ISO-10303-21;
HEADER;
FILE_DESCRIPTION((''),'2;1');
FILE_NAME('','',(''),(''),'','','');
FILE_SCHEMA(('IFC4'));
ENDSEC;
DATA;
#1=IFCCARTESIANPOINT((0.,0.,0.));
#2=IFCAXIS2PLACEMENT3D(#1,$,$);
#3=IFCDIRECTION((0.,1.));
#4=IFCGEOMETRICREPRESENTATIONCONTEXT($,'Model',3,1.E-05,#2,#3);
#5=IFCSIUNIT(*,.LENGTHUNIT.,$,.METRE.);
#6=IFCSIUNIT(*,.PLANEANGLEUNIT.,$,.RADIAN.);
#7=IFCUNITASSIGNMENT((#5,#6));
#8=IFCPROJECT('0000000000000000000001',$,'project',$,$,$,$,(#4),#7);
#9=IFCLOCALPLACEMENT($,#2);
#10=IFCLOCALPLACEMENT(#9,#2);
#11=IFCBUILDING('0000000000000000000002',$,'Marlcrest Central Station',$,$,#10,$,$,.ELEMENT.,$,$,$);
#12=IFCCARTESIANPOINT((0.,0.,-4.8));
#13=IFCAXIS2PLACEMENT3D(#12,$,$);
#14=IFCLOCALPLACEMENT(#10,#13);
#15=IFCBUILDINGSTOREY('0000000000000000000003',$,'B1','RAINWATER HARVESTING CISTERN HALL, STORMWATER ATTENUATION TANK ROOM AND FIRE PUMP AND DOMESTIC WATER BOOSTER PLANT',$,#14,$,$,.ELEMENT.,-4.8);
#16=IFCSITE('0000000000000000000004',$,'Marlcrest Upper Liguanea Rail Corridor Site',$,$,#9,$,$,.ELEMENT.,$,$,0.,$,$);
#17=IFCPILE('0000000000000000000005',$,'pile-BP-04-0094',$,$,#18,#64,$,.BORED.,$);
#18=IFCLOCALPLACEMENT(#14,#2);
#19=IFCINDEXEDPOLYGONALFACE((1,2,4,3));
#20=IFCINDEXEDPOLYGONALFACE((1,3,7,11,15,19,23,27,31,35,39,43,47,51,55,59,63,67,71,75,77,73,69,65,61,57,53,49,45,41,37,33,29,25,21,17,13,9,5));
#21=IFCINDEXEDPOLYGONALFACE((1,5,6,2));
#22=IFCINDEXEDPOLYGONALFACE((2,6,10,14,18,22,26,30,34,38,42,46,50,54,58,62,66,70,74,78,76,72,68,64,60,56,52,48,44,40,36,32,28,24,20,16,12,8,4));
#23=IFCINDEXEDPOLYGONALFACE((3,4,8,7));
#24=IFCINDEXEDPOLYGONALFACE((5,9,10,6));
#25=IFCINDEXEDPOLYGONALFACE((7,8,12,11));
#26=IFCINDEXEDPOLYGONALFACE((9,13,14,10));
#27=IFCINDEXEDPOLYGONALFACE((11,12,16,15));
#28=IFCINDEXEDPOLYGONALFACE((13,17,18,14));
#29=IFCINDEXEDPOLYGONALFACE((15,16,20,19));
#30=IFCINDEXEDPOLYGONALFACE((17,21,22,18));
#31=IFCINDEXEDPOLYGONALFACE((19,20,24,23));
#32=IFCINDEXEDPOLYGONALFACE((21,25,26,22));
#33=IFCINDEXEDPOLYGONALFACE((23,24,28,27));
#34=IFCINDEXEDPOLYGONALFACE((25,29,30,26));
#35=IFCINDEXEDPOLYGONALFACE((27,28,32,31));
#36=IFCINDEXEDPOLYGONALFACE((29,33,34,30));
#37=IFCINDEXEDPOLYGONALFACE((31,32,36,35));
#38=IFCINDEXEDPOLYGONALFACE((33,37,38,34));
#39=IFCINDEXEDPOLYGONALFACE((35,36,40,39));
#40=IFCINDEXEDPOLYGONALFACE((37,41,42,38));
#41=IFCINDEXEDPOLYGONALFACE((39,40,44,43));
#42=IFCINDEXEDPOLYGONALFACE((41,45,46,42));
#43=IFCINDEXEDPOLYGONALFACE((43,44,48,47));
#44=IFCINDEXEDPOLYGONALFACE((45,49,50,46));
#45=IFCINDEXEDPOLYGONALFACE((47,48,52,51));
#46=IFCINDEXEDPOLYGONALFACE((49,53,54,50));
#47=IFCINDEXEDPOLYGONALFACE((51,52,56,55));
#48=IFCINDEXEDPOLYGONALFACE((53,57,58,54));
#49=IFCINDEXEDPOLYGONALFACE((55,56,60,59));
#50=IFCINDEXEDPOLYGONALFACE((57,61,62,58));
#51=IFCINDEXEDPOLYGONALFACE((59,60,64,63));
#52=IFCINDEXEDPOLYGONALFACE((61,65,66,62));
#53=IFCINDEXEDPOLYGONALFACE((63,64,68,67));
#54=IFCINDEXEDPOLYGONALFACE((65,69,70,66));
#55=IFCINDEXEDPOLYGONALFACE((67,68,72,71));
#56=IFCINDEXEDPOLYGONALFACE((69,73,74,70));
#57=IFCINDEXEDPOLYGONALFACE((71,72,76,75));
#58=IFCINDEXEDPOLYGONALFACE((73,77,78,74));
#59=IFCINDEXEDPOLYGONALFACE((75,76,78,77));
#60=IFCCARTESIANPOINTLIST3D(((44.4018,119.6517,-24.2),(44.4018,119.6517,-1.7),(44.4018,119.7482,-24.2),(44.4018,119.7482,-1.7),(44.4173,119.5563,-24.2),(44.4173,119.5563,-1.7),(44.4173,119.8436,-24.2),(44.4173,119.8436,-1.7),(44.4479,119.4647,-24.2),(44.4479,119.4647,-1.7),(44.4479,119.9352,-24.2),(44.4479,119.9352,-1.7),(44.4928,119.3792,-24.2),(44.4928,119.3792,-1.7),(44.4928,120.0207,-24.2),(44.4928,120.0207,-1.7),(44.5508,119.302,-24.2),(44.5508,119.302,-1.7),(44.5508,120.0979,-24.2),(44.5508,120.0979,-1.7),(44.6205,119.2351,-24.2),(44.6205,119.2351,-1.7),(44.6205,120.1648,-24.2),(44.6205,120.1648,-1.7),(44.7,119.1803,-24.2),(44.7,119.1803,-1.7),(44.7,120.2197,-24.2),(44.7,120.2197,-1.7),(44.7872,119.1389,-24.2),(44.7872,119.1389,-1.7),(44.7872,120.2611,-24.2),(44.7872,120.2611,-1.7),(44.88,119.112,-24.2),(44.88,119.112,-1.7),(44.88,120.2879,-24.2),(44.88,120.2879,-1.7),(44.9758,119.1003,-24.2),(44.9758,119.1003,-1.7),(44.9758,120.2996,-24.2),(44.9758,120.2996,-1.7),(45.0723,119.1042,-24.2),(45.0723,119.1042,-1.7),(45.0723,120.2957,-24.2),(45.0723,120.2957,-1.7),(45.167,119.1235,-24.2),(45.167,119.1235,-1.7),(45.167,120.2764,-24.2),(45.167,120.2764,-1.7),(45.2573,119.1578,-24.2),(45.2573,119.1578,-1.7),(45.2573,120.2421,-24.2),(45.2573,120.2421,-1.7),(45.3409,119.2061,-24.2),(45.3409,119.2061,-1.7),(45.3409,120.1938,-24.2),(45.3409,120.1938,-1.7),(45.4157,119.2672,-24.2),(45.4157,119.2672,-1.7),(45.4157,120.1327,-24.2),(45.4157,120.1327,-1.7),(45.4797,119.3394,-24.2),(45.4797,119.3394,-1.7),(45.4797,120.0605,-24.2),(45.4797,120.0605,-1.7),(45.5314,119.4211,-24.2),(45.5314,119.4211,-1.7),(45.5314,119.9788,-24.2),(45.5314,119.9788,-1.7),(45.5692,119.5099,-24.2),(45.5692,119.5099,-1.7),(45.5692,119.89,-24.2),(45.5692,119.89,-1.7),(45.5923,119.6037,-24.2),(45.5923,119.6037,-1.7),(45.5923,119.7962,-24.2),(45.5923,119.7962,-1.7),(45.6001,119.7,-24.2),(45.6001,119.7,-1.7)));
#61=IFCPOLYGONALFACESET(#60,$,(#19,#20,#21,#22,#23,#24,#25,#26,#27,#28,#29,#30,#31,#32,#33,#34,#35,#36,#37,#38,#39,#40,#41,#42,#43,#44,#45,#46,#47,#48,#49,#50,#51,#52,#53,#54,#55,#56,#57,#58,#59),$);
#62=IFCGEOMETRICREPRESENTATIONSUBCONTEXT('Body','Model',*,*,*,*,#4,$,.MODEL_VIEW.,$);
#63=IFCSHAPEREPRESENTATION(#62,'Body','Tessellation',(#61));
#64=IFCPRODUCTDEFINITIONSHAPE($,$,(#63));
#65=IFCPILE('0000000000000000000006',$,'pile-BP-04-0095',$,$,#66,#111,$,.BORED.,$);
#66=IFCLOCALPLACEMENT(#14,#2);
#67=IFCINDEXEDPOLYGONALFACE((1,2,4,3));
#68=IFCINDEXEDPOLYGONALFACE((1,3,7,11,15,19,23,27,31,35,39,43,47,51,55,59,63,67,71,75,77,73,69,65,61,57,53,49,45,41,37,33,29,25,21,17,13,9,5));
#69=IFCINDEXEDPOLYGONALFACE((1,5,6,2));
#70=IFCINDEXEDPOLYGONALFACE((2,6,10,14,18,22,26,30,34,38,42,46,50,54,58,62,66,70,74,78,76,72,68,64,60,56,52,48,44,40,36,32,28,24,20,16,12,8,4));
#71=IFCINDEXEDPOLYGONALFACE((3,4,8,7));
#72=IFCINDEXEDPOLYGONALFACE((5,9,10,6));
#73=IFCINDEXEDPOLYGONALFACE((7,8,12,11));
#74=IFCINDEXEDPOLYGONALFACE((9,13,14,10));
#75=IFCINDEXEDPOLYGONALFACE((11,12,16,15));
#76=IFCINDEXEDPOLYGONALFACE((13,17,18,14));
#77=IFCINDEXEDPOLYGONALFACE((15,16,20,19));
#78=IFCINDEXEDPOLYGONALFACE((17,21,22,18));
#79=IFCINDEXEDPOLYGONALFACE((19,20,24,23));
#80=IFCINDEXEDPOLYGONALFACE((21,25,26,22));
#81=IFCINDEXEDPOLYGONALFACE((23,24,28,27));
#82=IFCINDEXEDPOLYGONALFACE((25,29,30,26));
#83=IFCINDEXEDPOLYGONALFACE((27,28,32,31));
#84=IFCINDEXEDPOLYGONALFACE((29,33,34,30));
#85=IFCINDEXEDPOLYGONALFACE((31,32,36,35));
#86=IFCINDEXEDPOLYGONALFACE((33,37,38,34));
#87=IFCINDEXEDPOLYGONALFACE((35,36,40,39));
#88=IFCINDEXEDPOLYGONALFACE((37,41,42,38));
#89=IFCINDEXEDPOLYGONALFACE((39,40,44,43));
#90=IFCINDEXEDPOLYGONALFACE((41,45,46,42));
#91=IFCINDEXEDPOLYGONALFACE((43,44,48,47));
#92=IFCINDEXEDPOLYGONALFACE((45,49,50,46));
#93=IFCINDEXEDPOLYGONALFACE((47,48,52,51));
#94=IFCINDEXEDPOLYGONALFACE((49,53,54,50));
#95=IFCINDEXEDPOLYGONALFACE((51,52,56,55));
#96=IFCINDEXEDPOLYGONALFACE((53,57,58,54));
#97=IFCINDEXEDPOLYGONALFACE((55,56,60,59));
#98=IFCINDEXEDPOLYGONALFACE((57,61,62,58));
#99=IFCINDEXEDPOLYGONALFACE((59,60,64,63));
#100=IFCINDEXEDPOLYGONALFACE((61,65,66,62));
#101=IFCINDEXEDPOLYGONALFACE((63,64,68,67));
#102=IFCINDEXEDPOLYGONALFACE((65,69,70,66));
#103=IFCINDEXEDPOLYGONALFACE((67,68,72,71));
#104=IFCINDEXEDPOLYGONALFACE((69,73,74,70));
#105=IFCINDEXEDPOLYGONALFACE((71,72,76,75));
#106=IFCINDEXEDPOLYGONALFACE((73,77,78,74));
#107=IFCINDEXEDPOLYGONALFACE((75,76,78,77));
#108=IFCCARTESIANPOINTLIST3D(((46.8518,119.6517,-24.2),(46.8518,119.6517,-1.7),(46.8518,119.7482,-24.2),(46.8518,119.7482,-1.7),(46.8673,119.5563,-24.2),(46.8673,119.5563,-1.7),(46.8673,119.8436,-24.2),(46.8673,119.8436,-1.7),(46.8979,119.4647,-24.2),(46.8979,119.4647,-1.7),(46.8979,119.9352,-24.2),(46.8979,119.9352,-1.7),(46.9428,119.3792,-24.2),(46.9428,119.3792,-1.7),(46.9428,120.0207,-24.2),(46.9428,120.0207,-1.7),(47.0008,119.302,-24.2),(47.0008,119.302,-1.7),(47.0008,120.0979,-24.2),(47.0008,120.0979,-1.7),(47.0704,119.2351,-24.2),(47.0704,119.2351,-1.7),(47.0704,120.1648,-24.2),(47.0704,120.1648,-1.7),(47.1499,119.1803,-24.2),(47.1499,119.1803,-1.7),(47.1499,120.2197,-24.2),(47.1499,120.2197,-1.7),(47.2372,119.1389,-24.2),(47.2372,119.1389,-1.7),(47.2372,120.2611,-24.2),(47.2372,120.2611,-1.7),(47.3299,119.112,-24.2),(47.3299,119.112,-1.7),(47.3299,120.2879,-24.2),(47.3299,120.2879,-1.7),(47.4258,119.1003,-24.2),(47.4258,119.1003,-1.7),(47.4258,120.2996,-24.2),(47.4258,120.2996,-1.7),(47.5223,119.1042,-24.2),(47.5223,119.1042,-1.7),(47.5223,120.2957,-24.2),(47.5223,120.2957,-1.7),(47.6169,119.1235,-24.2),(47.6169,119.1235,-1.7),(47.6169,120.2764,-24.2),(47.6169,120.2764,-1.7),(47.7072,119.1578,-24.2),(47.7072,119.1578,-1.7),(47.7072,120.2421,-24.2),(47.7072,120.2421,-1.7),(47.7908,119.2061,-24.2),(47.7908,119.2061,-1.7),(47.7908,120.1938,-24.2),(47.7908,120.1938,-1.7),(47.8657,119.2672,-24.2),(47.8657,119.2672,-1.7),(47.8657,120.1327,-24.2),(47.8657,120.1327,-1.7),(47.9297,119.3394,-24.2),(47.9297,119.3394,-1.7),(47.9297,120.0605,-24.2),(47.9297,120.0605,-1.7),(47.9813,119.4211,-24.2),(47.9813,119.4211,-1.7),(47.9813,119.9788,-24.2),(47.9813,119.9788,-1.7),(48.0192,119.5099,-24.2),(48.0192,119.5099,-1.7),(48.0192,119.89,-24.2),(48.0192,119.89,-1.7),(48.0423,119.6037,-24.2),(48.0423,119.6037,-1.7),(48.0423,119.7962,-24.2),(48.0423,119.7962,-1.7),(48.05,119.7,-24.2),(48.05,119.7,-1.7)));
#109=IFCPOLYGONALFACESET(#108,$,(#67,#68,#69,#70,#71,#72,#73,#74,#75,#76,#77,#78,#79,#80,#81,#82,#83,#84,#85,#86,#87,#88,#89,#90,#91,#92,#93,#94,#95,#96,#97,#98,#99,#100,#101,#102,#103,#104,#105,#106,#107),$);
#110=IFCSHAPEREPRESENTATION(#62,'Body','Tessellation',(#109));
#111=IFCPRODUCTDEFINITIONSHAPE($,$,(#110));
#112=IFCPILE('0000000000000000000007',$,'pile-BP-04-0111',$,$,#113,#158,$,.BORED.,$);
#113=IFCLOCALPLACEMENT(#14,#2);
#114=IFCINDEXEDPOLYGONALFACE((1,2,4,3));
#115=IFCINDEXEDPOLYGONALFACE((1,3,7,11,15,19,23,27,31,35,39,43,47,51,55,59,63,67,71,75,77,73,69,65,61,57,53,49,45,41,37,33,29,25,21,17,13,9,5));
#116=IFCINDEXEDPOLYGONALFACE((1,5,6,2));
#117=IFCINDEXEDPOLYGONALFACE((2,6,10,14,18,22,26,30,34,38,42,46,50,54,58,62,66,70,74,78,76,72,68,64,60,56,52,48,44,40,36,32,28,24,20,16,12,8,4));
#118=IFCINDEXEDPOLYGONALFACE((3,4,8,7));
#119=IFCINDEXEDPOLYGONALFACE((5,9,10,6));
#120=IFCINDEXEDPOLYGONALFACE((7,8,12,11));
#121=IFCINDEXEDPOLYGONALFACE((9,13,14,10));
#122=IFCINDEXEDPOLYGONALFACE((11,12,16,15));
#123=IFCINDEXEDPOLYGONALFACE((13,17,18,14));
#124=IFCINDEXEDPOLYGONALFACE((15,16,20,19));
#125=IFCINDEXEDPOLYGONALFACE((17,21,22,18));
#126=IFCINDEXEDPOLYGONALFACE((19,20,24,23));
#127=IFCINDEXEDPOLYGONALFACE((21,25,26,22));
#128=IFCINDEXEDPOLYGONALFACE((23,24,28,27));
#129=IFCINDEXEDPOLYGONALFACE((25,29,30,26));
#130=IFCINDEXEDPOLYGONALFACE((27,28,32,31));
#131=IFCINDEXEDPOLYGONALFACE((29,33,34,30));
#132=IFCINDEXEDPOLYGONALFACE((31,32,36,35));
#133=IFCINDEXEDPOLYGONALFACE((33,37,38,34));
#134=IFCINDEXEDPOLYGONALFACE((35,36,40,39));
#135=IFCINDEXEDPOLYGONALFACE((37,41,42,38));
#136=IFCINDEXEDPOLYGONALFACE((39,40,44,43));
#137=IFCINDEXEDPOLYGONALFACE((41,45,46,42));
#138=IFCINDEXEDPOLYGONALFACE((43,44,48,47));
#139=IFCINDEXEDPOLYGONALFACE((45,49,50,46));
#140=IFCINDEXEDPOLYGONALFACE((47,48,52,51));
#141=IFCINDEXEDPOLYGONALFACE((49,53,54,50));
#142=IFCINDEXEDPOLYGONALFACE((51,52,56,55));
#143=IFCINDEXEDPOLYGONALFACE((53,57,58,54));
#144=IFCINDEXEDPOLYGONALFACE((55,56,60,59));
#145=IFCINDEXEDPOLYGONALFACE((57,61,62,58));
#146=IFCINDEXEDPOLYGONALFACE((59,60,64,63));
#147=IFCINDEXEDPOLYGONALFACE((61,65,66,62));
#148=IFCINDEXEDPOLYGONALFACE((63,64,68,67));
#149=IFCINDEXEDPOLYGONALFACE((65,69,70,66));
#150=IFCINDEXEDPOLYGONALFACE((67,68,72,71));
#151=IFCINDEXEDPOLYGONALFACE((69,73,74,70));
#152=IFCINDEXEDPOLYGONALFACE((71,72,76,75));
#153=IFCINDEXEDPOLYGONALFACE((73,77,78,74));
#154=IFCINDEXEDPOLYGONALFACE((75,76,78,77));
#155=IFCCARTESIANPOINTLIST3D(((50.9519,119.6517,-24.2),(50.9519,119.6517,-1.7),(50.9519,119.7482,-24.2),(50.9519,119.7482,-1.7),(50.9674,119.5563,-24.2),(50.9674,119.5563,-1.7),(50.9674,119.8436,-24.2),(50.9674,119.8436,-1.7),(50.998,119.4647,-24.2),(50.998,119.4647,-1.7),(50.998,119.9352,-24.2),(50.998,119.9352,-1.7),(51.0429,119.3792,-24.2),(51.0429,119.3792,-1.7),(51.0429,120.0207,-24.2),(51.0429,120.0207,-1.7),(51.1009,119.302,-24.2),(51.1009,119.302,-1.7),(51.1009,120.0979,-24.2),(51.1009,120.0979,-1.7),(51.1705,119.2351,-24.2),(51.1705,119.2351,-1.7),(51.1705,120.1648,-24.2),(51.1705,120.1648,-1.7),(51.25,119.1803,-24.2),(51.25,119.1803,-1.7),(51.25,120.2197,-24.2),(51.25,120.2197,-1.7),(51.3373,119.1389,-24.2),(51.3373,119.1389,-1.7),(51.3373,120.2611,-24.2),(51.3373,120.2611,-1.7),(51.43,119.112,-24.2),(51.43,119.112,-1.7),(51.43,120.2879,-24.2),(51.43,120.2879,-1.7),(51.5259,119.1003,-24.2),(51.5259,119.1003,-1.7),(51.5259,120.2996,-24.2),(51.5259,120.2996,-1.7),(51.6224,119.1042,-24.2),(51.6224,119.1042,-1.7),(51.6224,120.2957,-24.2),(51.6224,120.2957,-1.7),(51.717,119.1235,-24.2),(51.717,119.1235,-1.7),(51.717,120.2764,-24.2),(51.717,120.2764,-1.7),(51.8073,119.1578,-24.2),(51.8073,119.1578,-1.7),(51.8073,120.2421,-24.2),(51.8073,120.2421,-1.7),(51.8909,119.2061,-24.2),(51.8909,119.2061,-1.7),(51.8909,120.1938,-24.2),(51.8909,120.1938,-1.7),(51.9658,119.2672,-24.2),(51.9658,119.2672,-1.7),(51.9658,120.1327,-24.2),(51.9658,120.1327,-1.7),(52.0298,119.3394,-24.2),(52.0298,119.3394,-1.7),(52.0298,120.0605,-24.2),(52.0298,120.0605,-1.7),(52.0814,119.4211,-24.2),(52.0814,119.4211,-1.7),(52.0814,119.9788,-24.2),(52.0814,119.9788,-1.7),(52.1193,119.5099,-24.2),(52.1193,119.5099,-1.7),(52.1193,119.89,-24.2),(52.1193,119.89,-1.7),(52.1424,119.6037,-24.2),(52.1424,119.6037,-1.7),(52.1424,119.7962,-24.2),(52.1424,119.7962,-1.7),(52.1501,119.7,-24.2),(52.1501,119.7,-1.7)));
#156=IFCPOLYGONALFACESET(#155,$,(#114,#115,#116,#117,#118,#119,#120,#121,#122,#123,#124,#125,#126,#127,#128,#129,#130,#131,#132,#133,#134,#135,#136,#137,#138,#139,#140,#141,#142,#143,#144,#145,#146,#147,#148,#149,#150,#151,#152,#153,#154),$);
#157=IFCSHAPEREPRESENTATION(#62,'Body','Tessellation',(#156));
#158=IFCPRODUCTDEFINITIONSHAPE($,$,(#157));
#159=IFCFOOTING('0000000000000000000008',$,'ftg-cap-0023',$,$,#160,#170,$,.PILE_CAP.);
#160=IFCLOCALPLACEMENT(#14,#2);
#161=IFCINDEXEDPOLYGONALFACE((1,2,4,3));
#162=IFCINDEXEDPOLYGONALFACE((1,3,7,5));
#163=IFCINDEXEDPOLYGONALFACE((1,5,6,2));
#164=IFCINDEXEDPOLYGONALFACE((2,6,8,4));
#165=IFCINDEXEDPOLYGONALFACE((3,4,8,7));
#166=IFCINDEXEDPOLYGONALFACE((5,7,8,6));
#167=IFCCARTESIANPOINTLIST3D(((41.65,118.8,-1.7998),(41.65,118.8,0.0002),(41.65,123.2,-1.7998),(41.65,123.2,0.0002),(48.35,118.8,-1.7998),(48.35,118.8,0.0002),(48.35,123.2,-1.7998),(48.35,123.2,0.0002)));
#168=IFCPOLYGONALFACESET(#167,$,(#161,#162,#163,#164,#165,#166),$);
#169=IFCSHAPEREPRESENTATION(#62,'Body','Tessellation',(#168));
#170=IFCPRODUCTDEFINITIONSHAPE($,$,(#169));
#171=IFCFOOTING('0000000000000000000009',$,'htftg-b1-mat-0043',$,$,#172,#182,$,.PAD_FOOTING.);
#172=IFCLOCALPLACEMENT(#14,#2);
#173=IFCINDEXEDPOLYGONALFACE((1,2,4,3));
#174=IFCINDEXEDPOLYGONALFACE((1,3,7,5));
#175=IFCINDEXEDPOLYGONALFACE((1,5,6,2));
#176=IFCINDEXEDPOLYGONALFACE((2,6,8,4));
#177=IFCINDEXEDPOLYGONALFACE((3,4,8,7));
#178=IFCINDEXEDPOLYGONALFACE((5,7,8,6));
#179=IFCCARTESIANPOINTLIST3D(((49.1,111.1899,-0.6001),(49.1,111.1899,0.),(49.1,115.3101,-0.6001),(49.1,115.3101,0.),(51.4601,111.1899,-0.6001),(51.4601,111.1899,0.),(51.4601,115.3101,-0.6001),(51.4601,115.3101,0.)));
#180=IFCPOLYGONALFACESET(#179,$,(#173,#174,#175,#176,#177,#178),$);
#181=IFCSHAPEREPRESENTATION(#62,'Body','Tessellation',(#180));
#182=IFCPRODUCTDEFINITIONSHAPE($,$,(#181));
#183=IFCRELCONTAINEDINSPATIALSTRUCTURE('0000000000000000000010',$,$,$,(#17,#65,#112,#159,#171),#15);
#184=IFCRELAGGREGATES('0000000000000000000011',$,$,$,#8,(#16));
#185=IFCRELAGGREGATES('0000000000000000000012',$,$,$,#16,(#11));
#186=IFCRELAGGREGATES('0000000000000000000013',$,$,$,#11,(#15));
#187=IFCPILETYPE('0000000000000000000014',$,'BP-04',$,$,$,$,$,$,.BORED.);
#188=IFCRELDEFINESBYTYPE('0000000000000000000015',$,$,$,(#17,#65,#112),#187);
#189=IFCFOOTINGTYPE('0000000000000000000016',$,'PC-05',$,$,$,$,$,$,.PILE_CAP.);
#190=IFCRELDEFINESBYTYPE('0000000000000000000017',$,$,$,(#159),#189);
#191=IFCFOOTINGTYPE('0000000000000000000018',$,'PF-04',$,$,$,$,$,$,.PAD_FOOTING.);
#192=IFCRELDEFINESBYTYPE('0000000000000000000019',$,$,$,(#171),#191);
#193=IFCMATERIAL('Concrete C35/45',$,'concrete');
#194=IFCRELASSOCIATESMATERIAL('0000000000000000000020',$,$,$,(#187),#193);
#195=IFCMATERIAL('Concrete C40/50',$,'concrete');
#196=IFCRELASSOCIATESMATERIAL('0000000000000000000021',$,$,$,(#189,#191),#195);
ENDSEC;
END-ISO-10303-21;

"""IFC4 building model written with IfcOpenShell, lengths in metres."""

from ifc_helpers import new_model, si_unit, direction, frame, origin, origin_2d, place, context, subcontext, project, spatial, rectangle, circle, extrude, material, material_profile, profile_set, type_object, element, save


model = new_model("IFC4")

# Units and contexts
model_context = context("Model", 3, precision=1e-05, world=origin(), true_north=direction((0.0, 1.0)))
body_context = subcontext(model_context, "Body", "Model", "MODEL_VIEW")
ifc_project = project(units=[si_unit("LENGTHUNIT", "METRE"), si_unit("PLANEANGLEUNIT", "RADIAN")], contexts=[model_context])

# Site, building, storey
site_placement = place(None, origin())
site = spatial("IfcSite", under=ifc_project, at=site_placement, Name="Marlcrest Upper Liguanea Rail Corridor Site", CompositionType="ELEMENT", RefElevation=0.0)
building_placement = place(site_placement, origin())
building = spatial("IfcBuilding", under=site, at=building_placement, Name="Marlcrest Central Station", CompositionType="ELEMENT")
storey_placement = place(building_placement, frame((0.0, 0.0, -4.8)))
storey = spatial("IfcBuildingStorey", under=building, at=storey_placement, Name="B1", Description="RAINWATER HARVESTING CISTERN HALL, STORMWATER ATTENUATION TANK ROOM AND FIRE PUMP AND DOMESTIC WATER BOOSTER PLANT", CompositionType="ELEMENT", Elevation=-4.8)

# Piles
ifc_material_1 = material(Name="Concrete C35/45", Category="concrete")
ifc_material_profile_1 = material_profile(ifc_material_1, circle(Radius=0.6001, at=origin_2d()), Name="PILE D1200")
ifc_profile_set_1 = profile_set([ifc_material_profile_1], Name="Concrete C35/45")
pile_type = type_object("IfcPileType", Name="BP-04", PredefinedType="BORED", material=ifc_profile_set_1)
for number, where, z_axis, x_axis, name in (
    (1, (45.0, 119.7, -1.7), (0.0, 0.0, -1.0), (1.0, 0.0, 0.0), "pile-BP-04-0094"),
    (2, (47.45, 119.7, -1.7), (0.0, 0.0, -1.0), (1.0, 0.0, 0.0), "pile-BP-04-0095"),
    (3, (51.55, 119.7, -1.7), (0.0, 0.0, -1.0), (1.0, 0.0, 0.0), "pile-BP-04-0111"),
):
    element("IfcPile", number, at=place(storey_placement, frame(where, z_axis=z_axis, x_axis=x_axis)), inside=storey, type_object=pile_type, Name=name, PredefinedType="BORED", context=body_context, shape_type="SweptSolid", body=[
        extrude(circle(Radius=0.6001, at=origin_2d()), origin(), (0.0, 0.0, 1.0), 22.5),
    ])

# Footings
ifc_material_2 = material(Name="Concrete C40/50", Category="concrete")
footing_type_1 = type_object("IfcFootingType", Name="PC-05", PredefinedType="PILE_CAP", material=ifc_material_2)
footing_1_placement = place(storey_placement, frame((45.0, 121.0, -1.7998), z_axis=(0.0, 0.0, 1.0), x_axis=(1.0, 0.0, 0.0)))
element("IfcFooting", 4, at=footing_1_placement, inside=storey, type_object=footing_type_1, Name="ftg-cap-0023", PredefinedType="PILE_CAP", context=body_context, shape_type="SweptSolid", body=[
    extrude(rectangle(XDim=6.7, YDim=4.3999, at=origin_2d()), origin(), (0.0, 0.0, 1.0), 1.8),
])
footing_type_2 = type_object("IfcFootingType", Name="PF-04", PredefinedType="PAD_FOOTING", material=ifc_material_2)
footing_2_placement = place(storey_placement, frame((50.28, 113.25, -0.6001), z_axis=(0.0, 0.0, 1.0), x_axis=(1.0, 0.0, 0.0)))
element("IfcFooting", 5, at=footing_2_placement, inside=storey, type_object=footing_type_2, Name="htftg-b1-mat-0043", PredefinedType="PAD_FOOTING", context=body_context, shape_type="SweptSolid", body=[
    extrude(rectangle(XDim=2.3601, YDim=4.1201, at=origin_2d()), origin(), (0.0, 0.0, 1.0), 0.6001),
])

save(model, "model.ifc")
